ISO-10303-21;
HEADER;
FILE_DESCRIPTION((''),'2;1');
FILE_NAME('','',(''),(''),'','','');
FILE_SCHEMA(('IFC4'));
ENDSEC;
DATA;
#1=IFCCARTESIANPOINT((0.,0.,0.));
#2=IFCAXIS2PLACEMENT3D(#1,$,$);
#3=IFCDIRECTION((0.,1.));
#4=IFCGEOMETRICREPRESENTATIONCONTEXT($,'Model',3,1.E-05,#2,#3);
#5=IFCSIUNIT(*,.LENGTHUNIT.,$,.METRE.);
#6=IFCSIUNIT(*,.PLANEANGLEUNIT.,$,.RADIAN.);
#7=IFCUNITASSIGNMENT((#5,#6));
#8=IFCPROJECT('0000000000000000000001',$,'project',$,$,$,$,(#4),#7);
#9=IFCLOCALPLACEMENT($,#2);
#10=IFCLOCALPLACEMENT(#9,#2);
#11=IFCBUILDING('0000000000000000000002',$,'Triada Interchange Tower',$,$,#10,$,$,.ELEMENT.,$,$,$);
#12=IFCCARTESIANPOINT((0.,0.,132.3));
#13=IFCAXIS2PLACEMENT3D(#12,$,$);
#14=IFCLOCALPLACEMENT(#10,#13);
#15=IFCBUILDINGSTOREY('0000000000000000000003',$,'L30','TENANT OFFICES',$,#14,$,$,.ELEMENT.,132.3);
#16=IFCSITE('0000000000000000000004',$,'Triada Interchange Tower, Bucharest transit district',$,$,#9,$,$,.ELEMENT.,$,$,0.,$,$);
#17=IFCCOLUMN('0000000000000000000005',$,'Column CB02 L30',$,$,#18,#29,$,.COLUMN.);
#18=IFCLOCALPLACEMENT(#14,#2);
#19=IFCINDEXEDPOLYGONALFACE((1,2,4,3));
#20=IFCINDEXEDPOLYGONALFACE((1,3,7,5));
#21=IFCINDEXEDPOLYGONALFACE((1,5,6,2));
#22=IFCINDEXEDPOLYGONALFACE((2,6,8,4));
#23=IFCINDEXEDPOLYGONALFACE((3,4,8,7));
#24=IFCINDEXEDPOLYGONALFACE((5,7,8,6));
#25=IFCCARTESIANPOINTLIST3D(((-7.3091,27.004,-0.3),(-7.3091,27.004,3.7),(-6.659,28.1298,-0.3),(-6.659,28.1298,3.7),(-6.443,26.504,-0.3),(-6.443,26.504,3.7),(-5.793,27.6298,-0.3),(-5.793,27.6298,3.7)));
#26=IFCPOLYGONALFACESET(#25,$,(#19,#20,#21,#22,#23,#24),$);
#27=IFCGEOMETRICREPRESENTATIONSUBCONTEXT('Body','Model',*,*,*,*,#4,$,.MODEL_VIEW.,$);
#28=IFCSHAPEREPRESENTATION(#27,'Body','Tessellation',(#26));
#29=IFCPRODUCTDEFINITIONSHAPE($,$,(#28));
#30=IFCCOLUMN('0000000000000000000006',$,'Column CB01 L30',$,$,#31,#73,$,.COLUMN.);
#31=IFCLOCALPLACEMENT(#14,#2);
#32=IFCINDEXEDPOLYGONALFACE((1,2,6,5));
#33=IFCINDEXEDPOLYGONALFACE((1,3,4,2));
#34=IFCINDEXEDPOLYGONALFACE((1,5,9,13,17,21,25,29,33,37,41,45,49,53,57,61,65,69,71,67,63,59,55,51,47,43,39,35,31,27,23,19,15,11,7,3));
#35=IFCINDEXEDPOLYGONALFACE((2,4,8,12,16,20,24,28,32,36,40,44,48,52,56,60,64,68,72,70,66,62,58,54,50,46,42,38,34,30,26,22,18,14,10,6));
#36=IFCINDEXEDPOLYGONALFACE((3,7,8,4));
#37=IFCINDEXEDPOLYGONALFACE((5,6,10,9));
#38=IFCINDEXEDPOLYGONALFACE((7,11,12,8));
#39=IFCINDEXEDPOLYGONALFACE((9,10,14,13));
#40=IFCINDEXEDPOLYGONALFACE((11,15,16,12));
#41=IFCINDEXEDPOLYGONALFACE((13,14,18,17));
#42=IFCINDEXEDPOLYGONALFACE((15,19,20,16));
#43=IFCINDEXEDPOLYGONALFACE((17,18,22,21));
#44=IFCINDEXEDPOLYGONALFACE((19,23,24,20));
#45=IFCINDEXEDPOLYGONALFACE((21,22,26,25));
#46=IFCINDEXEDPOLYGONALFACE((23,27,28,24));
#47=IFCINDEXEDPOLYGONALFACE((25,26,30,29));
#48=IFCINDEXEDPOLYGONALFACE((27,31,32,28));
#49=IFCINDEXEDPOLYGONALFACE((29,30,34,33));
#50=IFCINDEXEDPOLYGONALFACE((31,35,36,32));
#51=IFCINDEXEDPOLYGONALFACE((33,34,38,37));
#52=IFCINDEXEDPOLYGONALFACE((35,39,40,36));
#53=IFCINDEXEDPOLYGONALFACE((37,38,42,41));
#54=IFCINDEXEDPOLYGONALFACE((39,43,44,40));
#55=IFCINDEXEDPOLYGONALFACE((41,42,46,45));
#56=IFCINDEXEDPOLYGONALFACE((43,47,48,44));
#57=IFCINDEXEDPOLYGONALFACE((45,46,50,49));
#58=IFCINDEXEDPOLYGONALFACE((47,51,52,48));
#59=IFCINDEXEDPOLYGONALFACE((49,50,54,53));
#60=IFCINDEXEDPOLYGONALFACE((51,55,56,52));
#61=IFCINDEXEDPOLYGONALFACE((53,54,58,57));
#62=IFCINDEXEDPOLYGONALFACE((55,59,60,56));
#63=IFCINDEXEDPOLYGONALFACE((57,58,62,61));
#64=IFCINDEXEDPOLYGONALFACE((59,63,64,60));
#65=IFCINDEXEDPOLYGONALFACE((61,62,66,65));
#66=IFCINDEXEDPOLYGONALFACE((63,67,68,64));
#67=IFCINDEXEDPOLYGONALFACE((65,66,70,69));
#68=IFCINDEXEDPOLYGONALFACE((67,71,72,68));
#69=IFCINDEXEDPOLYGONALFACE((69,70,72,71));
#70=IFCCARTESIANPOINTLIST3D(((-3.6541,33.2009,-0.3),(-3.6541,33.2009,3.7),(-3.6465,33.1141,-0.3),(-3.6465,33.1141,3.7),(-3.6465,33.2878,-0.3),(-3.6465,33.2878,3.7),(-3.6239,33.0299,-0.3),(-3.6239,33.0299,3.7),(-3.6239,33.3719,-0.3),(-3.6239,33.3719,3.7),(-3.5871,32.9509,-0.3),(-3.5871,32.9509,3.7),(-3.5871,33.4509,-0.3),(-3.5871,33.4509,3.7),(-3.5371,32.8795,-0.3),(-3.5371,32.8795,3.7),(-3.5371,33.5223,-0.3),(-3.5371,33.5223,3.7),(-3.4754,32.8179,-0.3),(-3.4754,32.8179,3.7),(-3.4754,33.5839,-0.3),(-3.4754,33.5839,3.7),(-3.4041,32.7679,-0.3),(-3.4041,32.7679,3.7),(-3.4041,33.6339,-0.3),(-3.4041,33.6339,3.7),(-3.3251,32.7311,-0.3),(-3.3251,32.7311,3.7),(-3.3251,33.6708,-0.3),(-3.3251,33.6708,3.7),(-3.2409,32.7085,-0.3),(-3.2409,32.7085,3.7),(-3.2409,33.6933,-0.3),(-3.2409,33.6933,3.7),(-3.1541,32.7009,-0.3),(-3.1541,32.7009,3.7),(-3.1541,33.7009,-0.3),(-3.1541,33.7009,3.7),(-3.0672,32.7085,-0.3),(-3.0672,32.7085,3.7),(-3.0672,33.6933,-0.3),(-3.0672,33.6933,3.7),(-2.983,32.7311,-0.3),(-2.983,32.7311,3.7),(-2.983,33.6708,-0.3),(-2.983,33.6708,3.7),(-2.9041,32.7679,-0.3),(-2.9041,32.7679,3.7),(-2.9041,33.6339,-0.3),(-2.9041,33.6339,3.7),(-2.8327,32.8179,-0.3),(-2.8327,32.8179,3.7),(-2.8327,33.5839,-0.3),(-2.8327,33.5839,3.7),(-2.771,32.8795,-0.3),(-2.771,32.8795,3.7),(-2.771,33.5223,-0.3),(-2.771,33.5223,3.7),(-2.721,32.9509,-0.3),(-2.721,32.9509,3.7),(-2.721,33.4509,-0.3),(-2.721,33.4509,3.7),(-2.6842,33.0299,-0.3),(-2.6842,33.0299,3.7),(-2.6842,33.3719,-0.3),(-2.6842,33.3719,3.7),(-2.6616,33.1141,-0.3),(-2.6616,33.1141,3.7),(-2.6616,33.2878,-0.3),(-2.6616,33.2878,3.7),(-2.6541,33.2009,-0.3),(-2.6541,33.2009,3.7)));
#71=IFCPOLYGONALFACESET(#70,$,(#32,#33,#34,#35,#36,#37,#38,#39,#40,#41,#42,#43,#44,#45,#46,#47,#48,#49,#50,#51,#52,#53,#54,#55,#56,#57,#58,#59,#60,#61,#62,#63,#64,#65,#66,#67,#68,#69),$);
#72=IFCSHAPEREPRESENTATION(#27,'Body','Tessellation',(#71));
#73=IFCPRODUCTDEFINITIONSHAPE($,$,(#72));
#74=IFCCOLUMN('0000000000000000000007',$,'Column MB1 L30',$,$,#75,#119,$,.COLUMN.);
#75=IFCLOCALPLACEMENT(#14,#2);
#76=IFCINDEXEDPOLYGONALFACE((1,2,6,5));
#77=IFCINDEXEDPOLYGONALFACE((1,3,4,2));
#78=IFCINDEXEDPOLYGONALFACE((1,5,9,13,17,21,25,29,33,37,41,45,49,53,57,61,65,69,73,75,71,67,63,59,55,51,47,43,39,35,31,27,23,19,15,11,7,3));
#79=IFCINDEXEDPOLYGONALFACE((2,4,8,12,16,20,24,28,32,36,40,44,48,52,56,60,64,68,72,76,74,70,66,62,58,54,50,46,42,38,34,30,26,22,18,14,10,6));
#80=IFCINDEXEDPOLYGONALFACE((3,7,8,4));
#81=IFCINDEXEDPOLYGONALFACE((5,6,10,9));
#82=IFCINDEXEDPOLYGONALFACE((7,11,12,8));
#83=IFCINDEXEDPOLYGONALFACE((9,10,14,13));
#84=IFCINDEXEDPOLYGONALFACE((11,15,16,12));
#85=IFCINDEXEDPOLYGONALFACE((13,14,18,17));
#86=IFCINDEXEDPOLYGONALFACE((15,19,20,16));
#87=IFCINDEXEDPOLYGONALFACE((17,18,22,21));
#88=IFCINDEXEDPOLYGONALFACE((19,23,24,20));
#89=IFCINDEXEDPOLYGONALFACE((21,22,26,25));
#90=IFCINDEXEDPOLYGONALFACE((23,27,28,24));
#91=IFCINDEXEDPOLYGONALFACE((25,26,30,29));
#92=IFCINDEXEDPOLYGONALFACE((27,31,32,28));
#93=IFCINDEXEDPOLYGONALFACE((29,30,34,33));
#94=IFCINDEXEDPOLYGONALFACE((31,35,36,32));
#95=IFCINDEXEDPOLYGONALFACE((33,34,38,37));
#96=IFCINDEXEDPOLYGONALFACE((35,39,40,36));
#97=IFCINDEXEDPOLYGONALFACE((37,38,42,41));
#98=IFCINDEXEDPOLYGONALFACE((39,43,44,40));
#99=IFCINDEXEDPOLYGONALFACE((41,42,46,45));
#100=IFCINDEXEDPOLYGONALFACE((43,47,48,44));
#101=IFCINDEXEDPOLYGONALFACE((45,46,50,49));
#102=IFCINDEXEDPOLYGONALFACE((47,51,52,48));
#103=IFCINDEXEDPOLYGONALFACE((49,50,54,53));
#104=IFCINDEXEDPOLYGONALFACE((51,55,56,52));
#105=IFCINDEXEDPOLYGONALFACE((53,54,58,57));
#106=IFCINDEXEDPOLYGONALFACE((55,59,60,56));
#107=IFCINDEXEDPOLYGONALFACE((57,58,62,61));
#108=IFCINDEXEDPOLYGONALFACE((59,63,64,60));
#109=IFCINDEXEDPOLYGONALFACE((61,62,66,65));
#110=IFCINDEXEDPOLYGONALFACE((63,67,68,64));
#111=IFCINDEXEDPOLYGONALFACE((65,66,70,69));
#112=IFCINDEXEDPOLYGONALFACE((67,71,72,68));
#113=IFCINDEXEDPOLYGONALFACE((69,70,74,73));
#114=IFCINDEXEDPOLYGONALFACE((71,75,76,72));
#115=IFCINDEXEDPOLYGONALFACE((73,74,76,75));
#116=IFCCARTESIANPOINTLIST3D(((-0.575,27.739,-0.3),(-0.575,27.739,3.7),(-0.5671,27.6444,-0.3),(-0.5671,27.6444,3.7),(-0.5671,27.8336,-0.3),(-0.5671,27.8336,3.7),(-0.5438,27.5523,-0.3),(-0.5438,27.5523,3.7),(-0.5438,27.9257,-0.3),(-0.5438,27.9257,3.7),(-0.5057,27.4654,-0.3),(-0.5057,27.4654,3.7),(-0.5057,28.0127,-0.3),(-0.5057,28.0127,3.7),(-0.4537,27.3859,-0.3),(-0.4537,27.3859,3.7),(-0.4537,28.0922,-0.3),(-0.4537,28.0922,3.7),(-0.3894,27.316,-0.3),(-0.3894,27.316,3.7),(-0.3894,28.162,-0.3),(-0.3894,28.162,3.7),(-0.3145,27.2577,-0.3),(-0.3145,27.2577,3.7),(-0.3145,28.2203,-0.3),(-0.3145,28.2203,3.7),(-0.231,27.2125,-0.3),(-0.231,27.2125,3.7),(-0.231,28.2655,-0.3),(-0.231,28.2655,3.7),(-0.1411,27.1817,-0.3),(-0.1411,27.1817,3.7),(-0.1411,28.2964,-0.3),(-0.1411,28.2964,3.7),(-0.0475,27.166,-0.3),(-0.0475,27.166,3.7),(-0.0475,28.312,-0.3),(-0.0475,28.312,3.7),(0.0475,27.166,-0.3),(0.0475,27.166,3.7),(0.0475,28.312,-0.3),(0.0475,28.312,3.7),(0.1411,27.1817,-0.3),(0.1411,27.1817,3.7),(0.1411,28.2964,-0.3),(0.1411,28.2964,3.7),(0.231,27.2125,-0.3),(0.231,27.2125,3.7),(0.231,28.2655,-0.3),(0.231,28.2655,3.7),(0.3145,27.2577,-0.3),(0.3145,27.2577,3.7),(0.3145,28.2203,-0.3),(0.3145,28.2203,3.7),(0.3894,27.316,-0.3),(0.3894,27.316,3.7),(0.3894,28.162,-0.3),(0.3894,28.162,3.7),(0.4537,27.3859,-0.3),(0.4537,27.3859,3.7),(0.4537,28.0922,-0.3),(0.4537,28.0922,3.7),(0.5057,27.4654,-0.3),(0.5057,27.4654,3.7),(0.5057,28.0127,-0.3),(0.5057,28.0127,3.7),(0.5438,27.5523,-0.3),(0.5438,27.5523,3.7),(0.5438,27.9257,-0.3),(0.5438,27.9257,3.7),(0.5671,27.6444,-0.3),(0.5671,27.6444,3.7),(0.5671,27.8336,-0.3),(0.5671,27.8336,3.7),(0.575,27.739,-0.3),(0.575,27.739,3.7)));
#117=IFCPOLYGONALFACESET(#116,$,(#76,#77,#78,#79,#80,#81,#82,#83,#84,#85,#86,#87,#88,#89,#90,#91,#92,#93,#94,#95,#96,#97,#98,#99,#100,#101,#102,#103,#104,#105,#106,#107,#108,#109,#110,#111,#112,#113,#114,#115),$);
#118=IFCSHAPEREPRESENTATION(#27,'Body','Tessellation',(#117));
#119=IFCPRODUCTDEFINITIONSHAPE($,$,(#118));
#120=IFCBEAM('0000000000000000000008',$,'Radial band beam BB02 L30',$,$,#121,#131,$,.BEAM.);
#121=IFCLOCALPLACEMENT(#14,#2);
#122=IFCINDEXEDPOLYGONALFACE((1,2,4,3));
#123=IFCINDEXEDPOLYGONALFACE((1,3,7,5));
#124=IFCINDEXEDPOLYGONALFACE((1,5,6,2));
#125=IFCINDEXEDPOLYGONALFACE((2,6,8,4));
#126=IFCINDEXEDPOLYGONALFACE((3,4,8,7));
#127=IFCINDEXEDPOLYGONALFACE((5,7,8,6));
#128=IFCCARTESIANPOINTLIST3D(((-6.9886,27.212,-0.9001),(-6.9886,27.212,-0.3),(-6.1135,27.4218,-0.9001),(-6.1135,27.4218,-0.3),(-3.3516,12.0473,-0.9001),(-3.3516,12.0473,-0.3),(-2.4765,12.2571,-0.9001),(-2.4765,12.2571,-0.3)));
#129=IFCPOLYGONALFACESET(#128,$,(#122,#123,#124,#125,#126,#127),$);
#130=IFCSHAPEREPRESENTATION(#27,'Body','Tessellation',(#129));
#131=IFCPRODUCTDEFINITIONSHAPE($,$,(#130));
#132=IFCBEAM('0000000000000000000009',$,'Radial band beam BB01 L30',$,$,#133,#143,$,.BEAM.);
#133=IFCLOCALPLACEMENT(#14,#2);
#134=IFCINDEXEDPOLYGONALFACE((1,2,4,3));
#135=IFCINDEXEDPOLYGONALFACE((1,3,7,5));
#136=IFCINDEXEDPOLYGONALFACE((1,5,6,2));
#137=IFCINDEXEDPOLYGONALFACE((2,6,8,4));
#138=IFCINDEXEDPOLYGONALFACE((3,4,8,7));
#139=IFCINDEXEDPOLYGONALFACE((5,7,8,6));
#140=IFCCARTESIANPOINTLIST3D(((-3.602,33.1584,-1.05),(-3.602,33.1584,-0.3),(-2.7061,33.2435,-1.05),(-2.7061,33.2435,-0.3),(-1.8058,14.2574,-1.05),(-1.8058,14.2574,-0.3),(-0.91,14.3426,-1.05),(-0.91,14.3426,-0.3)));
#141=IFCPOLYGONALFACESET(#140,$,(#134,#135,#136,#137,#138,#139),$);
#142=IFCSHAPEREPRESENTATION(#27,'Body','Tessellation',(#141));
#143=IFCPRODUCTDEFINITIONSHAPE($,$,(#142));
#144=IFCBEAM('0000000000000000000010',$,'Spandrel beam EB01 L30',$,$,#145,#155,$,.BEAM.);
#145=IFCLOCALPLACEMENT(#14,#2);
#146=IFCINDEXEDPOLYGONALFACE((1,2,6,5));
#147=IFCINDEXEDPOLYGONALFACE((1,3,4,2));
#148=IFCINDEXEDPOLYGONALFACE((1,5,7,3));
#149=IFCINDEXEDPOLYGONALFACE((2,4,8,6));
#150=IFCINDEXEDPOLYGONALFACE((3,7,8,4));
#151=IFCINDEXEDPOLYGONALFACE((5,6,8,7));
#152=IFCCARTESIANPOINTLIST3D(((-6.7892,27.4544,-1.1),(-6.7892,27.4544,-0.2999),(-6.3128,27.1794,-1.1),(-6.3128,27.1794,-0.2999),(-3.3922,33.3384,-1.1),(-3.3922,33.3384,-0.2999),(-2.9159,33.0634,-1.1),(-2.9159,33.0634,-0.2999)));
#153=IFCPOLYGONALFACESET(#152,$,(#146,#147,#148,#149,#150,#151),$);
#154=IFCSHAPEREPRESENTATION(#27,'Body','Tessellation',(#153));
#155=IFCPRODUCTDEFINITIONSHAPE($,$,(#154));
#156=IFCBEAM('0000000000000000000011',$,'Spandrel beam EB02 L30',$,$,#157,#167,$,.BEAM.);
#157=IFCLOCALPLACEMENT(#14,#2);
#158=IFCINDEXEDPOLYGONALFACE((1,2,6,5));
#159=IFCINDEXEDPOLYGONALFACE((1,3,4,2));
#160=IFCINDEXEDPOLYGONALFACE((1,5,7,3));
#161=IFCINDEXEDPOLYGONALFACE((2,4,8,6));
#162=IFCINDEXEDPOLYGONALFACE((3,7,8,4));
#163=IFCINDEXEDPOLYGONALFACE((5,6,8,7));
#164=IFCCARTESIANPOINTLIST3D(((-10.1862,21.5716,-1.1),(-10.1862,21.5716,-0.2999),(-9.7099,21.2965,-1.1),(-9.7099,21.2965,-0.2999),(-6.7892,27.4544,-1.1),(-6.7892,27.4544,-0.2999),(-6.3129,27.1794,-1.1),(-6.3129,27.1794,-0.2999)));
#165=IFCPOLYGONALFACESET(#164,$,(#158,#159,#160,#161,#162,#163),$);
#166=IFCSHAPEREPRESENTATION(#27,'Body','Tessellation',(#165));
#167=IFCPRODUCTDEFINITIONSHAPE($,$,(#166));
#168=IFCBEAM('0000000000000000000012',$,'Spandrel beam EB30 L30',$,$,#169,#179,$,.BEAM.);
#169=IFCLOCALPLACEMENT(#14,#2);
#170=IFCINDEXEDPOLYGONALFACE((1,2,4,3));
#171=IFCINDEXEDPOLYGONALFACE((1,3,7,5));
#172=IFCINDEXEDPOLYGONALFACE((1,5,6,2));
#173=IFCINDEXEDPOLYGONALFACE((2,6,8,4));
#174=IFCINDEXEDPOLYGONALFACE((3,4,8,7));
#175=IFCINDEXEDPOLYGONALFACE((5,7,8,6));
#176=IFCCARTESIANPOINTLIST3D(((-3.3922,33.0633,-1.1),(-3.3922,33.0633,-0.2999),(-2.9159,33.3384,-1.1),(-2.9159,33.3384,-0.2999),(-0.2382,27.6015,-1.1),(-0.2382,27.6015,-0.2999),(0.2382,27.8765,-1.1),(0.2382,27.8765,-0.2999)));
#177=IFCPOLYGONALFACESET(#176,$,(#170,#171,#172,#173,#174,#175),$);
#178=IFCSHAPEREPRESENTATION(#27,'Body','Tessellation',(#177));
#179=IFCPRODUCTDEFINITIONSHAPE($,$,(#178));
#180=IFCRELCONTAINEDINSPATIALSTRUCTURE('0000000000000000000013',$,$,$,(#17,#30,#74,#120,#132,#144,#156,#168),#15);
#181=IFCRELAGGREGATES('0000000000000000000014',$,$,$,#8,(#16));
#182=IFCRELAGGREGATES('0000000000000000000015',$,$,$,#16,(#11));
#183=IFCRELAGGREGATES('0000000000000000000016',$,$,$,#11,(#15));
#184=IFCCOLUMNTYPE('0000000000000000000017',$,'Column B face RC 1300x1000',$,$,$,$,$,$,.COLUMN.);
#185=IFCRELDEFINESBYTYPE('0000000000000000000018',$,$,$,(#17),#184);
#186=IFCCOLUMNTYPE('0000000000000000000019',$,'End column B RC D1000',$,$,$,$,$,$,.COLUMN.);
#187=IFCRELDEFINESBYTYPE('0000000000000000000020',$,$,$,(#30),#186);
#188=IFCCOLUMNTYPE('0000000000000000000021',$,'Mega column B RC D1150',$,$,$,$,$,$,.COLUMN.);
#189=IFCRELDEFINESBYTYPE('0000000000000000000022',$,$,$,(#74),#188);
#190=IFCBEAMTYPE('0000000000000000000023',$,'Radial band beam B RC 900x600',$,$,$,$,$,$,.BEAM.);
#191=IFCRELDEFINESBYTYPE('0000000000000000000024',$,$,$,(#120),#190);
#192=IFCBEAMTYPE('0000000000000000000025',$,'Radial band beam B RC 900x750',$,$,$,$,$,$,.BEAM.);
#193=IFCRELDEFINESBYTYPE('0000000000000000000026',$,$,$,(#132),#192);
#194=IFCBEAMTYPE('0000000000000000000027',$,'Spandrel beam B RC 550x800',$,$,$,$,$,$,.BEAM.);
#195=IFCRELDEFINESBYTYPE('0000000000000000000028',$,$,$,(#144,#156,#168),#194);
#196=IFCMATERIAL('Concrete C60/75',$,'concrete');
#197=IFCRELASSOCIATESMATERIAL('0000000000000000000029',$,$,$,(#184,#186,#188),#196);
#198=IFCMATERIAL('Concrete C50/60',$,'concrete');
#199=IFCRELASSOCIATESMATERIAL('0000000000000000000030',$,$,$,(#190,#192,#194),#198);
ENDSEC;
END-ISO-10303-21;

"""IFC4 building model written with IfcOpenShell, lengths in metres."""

from ifc_helpers import new_model, si_unit, direction, frame, origin, origin_2d, place, context, subcontext, project, spatial, rectangle, circle, extrude, material, material_profile, profile_set, type_object, element, save


model = new_model("IFC4")

# Units and contexts
model_context = context("Model", 3, precision=1e-05, world=origin(), true_north=direction((0.0, 1.0)))
body_context = subcontext(model_context, "Body", "Model", "MODEL_VIEW")
ifc_project = project(units=[si_unit("LENGTHUNIT", "METRE"), si_unit("PLANEANGLEUNIT", "RADIAN")], contexts=[model_context])

# Site, building, storey
site_placement = place(None, origin())
site = spatial("IfcSite", under=ifc_project, at=site_placement, Name="Triada Interchange Tower, Bucharest transit district", CompositionType="ELEMENT", RefElevation=0.0)
building_placement = place(site_placement, origin())
building = spatial("IfcBuilding", under=site, at=building_placement, Name="Triada Interchange Tower", CompositionType="ELEMENT")
storey_placement = place(building_placement, frame((0.0, 0.0, 132.3)))
storey = spatial("IfcBuildingStorey", under=building, at=storey_placement, Name="L30", Description="TENANT OFFICES", CompositionType="ELEMENT", Elevation=132.3)

# Columns
ifc_material_1 = material(Name="Concrete C60/75", Category="concrete")
ifc_material_profile_1 = material_profile(ifc_material_1, rectangle(XDim=1.3, YDim=1.0, at=origin_2d()), Name="RC 1300x1000")
ifc_profile_set_1 = profile_set([ifc_material_profile_1], Name="Concrete C60/75")
column_type_1 = type_object("IfcColumnType", Name="Column B face RC 1300x1000", PredefinedType="COLUMN", material=ifc_profile_set_1)
column_1_placement = place(storey_placement, frame((-6.551, 27.3169, -0.3), z_axis=(0.0, 0.0, 1.0), x_axis=(0.5, 0.866025, 0.0)))
element("IfcColumn", 1, at=column_1_placement, inside=storey, type_object=column_type_1, Name="Column CB02 L30", PredefinedType="COLUMN", context=body_context, shape_type="SweptSolid", body=[
    extrude(rectangle(XDim=1.3, YDim=1.0, at=origin_2d()), origin(), (0.0, 0.0, 1.0), 4.0),
])
ifc_material_profile_2 = material_profile(ifc_material_1, circle(Radius=0.5, at=origin_2d()), Name="RC D1000")
ifc_profile_set_2 = profile_set([ifc_material_profile_2], Name="Concrete C60/75")
column_type_2 = type_object("IfcColumnType", Name="End column B RC D1000", PredefinedType="COLUMN", material=ifc_profile_set_2)
column_2_placement = place(storey_placement, frame((-3.1541, 33.2009, -0.3), z_axis=(0.0, 0.0, 1.0), x_axis=(0.5, 0.866025, 0.0)))
element("IfcColumn", 2, at=column_2_placement, inside=storey, type_object=column_type_2, Name="Column CB01 L30", PredefinedType="COLUMN", context=body_context, shape_type="SweptSolid", body=[
    extrude(circle(Radius=0.5, at=origin_2d()), origin(), (0.0, 0.0, 1.0), 4.0),
])
ifc_material_profile_3 = material_profile(ifc_material_1, circle(Radius=0.575, at=origin_2d()), Name="RC D1150")
ifc_profile_set_3 = profile_set([ifc_material_profile_3], Name="Concrete C60/75")
column_type_3 = type_object("IfcColumnType", Name="Mega column B RC D1150", PredefinedType="COLUMN", material=ifc_profile_set_3)
column_3_placement = place(storey_placement, frame((0.0, 27.739, -0.3), z_axis=(0.0, 0.0, 1.0), x_axis=(1.0, 0.0, 0.0)))
element("IfcColumn", 3, at=column_3_placement, inside=storey, type_object=column_type_3, Name="Column MB1 L30", PredefinedType="COLUMN", context=body_context, shape_type="SweptSolid", body=[
    extrude(circle(Radius=0.575, at=origin_2d()), origin(), (0.0, 0.0, 1.0), 4.0),
])

# Beams
ifc_material_2 = material(Name="Concrete C50/60", Category="concrete")
ifc_material_profile_4 = material_profile(ifc_material_2, rectangle(XDim=0.8999, YDim=0.6001, at=origin_2d()), Name="RC 900x600")
ifc_profile_set_4 = profile_set([ifc_material_profile_4], Name="Concrete C50/60")
beam_type_1 = type_object("IfcBeamType", Name="Radial band beam B RC 900x600", PredefinedType="BEAM", material=ifc_profile_set_4)
beam_1_placement = place(storey_placement, frame((-6.551, 27.3169, -0.6001), z_axis=(0.233216, -0.972425, 0.0), x_axis=(0.972425, 0.233216, 0.0)))
element("IfcBeam", 4, at=beam_1_placement, inside=storey, type_object=beam_type_1, Name="Radial band beam BB02 L30", PredefinedType="BEAM", context=body_context, shape_type="SweptSolid", body=[
    extrude(rectangle(XDim=0.8999, YDim=0.6001, at=origin_2d()), origin(), (0.0, 0.0, 1.0), 15.5947),
])
ifc_material_profile_5 = material_profile(ifc_material_2, rectangle(XDim=0.8999, YDim=0.75, at=origin_2d()), Name="RC 900x750")
ifc_profile_set_5 = profile_set([ifc_material_profile_5], Name="Concrete C50/60")
beam_type_2 = type_object("IfcBeamType", Name="Radial band beam B RC 900x750", PredefinedType="BEAM", material=ifc_profile_set_5)
beam_2_placement = place(storey_placement, frame((-3.1541, 33.2009, -0.675), z_axis=(0.094603, -0.995515, 0.0), x_axis=(0.995515, 0.094603, 0.0)))
element("IfcBeam", 5, at=beam_2_placement, inside=storey, type_object=beam_type_2, Name="Radial band beam BB01 L30", PredefinedType="BEAM", context=body_context, shape_type="SweptSolid", body=[
    extrude(rectangle(XDim=0.8999, YDim=0.75, at=origin_2d()), origin(), (0.0, 0.0, 1.0), 18.9861),
])
ifc_material_profile_6 = material_profile(ifc_material_2, rectangle(XDim=0.55, YDim=0.8, at=origin_2d()), Name="RC 550x800")
ifc_profile_set_6 = profile_set([ifc_material_profile_6], Name="Concrete C50/60")
beam_type_3 = type_object("IfcBeamType", Name="Spandrel beam B RC 550x800", PredefinedType="BEAM", material=ifc_profile_set_6)
beam_3_placement = place(storey_placement, frame((-3.1541, 33.2009, -0.7), z_axis=(-0.499981, -0.866037, 0.0), x_axis=(0.866037, -0.499981, 0.0)))
element("IfcBeam", 6, at=beam_3_placement, inside=storey, type_object=beam_type_3, Name="Spandrel beam EB01 L30", PredefinedType="BEAM", context=body_context, shape_type="SweptSolid", body=[
    extrude(rectangle(XDim=0.55, YDim=0.8, at=origin_2d()), origin(), (0.0, 0.0, 1.0), 6.7942),
])
beam_4_placement = place(storey_placement, frame((-6.551, 27.3169, -0.7), z_axis=(-0.500058, -0.865992, 0.0), x_axis=(0.865992, -0.500058, 0.0)))
element("IfcBeam", 7, at=beam_4_placement, inside=storey, type_object=beam_type_3, Name="Spandrel beam EB02 L30", PredefinedType="BEAM", context=body_context, shape_type="SweptSolid", body=[
    extrude(rectangle(XDim=0.55, YDim=0.8, at=origin_2d()), origin(), (0.0, 0.0, 1.0), 6.7932),
])
beam_5_placement = place(storey_placement, frame((0.0, 27.739, -0.7), z_axis=(-0.500073, 0.865983, 0.0), x_axis=(-0.865983, -0.500073, 0.0)))
element("IfcBeam", 8, at=beam_5_placement, inside=storey, type_object=beam_type_3, Name="Spandrel beam EB30 L30", PredefinedType="BEAM", context=body_context, shape_type="SweptSolid", body=[
    extrude(rectangle(XDim=0.55, YDim=0.8, at=origin_2d()), origin(), (0.0, 0.0, 1.0), 6.3071),
])

save(model, "model.ifc")
